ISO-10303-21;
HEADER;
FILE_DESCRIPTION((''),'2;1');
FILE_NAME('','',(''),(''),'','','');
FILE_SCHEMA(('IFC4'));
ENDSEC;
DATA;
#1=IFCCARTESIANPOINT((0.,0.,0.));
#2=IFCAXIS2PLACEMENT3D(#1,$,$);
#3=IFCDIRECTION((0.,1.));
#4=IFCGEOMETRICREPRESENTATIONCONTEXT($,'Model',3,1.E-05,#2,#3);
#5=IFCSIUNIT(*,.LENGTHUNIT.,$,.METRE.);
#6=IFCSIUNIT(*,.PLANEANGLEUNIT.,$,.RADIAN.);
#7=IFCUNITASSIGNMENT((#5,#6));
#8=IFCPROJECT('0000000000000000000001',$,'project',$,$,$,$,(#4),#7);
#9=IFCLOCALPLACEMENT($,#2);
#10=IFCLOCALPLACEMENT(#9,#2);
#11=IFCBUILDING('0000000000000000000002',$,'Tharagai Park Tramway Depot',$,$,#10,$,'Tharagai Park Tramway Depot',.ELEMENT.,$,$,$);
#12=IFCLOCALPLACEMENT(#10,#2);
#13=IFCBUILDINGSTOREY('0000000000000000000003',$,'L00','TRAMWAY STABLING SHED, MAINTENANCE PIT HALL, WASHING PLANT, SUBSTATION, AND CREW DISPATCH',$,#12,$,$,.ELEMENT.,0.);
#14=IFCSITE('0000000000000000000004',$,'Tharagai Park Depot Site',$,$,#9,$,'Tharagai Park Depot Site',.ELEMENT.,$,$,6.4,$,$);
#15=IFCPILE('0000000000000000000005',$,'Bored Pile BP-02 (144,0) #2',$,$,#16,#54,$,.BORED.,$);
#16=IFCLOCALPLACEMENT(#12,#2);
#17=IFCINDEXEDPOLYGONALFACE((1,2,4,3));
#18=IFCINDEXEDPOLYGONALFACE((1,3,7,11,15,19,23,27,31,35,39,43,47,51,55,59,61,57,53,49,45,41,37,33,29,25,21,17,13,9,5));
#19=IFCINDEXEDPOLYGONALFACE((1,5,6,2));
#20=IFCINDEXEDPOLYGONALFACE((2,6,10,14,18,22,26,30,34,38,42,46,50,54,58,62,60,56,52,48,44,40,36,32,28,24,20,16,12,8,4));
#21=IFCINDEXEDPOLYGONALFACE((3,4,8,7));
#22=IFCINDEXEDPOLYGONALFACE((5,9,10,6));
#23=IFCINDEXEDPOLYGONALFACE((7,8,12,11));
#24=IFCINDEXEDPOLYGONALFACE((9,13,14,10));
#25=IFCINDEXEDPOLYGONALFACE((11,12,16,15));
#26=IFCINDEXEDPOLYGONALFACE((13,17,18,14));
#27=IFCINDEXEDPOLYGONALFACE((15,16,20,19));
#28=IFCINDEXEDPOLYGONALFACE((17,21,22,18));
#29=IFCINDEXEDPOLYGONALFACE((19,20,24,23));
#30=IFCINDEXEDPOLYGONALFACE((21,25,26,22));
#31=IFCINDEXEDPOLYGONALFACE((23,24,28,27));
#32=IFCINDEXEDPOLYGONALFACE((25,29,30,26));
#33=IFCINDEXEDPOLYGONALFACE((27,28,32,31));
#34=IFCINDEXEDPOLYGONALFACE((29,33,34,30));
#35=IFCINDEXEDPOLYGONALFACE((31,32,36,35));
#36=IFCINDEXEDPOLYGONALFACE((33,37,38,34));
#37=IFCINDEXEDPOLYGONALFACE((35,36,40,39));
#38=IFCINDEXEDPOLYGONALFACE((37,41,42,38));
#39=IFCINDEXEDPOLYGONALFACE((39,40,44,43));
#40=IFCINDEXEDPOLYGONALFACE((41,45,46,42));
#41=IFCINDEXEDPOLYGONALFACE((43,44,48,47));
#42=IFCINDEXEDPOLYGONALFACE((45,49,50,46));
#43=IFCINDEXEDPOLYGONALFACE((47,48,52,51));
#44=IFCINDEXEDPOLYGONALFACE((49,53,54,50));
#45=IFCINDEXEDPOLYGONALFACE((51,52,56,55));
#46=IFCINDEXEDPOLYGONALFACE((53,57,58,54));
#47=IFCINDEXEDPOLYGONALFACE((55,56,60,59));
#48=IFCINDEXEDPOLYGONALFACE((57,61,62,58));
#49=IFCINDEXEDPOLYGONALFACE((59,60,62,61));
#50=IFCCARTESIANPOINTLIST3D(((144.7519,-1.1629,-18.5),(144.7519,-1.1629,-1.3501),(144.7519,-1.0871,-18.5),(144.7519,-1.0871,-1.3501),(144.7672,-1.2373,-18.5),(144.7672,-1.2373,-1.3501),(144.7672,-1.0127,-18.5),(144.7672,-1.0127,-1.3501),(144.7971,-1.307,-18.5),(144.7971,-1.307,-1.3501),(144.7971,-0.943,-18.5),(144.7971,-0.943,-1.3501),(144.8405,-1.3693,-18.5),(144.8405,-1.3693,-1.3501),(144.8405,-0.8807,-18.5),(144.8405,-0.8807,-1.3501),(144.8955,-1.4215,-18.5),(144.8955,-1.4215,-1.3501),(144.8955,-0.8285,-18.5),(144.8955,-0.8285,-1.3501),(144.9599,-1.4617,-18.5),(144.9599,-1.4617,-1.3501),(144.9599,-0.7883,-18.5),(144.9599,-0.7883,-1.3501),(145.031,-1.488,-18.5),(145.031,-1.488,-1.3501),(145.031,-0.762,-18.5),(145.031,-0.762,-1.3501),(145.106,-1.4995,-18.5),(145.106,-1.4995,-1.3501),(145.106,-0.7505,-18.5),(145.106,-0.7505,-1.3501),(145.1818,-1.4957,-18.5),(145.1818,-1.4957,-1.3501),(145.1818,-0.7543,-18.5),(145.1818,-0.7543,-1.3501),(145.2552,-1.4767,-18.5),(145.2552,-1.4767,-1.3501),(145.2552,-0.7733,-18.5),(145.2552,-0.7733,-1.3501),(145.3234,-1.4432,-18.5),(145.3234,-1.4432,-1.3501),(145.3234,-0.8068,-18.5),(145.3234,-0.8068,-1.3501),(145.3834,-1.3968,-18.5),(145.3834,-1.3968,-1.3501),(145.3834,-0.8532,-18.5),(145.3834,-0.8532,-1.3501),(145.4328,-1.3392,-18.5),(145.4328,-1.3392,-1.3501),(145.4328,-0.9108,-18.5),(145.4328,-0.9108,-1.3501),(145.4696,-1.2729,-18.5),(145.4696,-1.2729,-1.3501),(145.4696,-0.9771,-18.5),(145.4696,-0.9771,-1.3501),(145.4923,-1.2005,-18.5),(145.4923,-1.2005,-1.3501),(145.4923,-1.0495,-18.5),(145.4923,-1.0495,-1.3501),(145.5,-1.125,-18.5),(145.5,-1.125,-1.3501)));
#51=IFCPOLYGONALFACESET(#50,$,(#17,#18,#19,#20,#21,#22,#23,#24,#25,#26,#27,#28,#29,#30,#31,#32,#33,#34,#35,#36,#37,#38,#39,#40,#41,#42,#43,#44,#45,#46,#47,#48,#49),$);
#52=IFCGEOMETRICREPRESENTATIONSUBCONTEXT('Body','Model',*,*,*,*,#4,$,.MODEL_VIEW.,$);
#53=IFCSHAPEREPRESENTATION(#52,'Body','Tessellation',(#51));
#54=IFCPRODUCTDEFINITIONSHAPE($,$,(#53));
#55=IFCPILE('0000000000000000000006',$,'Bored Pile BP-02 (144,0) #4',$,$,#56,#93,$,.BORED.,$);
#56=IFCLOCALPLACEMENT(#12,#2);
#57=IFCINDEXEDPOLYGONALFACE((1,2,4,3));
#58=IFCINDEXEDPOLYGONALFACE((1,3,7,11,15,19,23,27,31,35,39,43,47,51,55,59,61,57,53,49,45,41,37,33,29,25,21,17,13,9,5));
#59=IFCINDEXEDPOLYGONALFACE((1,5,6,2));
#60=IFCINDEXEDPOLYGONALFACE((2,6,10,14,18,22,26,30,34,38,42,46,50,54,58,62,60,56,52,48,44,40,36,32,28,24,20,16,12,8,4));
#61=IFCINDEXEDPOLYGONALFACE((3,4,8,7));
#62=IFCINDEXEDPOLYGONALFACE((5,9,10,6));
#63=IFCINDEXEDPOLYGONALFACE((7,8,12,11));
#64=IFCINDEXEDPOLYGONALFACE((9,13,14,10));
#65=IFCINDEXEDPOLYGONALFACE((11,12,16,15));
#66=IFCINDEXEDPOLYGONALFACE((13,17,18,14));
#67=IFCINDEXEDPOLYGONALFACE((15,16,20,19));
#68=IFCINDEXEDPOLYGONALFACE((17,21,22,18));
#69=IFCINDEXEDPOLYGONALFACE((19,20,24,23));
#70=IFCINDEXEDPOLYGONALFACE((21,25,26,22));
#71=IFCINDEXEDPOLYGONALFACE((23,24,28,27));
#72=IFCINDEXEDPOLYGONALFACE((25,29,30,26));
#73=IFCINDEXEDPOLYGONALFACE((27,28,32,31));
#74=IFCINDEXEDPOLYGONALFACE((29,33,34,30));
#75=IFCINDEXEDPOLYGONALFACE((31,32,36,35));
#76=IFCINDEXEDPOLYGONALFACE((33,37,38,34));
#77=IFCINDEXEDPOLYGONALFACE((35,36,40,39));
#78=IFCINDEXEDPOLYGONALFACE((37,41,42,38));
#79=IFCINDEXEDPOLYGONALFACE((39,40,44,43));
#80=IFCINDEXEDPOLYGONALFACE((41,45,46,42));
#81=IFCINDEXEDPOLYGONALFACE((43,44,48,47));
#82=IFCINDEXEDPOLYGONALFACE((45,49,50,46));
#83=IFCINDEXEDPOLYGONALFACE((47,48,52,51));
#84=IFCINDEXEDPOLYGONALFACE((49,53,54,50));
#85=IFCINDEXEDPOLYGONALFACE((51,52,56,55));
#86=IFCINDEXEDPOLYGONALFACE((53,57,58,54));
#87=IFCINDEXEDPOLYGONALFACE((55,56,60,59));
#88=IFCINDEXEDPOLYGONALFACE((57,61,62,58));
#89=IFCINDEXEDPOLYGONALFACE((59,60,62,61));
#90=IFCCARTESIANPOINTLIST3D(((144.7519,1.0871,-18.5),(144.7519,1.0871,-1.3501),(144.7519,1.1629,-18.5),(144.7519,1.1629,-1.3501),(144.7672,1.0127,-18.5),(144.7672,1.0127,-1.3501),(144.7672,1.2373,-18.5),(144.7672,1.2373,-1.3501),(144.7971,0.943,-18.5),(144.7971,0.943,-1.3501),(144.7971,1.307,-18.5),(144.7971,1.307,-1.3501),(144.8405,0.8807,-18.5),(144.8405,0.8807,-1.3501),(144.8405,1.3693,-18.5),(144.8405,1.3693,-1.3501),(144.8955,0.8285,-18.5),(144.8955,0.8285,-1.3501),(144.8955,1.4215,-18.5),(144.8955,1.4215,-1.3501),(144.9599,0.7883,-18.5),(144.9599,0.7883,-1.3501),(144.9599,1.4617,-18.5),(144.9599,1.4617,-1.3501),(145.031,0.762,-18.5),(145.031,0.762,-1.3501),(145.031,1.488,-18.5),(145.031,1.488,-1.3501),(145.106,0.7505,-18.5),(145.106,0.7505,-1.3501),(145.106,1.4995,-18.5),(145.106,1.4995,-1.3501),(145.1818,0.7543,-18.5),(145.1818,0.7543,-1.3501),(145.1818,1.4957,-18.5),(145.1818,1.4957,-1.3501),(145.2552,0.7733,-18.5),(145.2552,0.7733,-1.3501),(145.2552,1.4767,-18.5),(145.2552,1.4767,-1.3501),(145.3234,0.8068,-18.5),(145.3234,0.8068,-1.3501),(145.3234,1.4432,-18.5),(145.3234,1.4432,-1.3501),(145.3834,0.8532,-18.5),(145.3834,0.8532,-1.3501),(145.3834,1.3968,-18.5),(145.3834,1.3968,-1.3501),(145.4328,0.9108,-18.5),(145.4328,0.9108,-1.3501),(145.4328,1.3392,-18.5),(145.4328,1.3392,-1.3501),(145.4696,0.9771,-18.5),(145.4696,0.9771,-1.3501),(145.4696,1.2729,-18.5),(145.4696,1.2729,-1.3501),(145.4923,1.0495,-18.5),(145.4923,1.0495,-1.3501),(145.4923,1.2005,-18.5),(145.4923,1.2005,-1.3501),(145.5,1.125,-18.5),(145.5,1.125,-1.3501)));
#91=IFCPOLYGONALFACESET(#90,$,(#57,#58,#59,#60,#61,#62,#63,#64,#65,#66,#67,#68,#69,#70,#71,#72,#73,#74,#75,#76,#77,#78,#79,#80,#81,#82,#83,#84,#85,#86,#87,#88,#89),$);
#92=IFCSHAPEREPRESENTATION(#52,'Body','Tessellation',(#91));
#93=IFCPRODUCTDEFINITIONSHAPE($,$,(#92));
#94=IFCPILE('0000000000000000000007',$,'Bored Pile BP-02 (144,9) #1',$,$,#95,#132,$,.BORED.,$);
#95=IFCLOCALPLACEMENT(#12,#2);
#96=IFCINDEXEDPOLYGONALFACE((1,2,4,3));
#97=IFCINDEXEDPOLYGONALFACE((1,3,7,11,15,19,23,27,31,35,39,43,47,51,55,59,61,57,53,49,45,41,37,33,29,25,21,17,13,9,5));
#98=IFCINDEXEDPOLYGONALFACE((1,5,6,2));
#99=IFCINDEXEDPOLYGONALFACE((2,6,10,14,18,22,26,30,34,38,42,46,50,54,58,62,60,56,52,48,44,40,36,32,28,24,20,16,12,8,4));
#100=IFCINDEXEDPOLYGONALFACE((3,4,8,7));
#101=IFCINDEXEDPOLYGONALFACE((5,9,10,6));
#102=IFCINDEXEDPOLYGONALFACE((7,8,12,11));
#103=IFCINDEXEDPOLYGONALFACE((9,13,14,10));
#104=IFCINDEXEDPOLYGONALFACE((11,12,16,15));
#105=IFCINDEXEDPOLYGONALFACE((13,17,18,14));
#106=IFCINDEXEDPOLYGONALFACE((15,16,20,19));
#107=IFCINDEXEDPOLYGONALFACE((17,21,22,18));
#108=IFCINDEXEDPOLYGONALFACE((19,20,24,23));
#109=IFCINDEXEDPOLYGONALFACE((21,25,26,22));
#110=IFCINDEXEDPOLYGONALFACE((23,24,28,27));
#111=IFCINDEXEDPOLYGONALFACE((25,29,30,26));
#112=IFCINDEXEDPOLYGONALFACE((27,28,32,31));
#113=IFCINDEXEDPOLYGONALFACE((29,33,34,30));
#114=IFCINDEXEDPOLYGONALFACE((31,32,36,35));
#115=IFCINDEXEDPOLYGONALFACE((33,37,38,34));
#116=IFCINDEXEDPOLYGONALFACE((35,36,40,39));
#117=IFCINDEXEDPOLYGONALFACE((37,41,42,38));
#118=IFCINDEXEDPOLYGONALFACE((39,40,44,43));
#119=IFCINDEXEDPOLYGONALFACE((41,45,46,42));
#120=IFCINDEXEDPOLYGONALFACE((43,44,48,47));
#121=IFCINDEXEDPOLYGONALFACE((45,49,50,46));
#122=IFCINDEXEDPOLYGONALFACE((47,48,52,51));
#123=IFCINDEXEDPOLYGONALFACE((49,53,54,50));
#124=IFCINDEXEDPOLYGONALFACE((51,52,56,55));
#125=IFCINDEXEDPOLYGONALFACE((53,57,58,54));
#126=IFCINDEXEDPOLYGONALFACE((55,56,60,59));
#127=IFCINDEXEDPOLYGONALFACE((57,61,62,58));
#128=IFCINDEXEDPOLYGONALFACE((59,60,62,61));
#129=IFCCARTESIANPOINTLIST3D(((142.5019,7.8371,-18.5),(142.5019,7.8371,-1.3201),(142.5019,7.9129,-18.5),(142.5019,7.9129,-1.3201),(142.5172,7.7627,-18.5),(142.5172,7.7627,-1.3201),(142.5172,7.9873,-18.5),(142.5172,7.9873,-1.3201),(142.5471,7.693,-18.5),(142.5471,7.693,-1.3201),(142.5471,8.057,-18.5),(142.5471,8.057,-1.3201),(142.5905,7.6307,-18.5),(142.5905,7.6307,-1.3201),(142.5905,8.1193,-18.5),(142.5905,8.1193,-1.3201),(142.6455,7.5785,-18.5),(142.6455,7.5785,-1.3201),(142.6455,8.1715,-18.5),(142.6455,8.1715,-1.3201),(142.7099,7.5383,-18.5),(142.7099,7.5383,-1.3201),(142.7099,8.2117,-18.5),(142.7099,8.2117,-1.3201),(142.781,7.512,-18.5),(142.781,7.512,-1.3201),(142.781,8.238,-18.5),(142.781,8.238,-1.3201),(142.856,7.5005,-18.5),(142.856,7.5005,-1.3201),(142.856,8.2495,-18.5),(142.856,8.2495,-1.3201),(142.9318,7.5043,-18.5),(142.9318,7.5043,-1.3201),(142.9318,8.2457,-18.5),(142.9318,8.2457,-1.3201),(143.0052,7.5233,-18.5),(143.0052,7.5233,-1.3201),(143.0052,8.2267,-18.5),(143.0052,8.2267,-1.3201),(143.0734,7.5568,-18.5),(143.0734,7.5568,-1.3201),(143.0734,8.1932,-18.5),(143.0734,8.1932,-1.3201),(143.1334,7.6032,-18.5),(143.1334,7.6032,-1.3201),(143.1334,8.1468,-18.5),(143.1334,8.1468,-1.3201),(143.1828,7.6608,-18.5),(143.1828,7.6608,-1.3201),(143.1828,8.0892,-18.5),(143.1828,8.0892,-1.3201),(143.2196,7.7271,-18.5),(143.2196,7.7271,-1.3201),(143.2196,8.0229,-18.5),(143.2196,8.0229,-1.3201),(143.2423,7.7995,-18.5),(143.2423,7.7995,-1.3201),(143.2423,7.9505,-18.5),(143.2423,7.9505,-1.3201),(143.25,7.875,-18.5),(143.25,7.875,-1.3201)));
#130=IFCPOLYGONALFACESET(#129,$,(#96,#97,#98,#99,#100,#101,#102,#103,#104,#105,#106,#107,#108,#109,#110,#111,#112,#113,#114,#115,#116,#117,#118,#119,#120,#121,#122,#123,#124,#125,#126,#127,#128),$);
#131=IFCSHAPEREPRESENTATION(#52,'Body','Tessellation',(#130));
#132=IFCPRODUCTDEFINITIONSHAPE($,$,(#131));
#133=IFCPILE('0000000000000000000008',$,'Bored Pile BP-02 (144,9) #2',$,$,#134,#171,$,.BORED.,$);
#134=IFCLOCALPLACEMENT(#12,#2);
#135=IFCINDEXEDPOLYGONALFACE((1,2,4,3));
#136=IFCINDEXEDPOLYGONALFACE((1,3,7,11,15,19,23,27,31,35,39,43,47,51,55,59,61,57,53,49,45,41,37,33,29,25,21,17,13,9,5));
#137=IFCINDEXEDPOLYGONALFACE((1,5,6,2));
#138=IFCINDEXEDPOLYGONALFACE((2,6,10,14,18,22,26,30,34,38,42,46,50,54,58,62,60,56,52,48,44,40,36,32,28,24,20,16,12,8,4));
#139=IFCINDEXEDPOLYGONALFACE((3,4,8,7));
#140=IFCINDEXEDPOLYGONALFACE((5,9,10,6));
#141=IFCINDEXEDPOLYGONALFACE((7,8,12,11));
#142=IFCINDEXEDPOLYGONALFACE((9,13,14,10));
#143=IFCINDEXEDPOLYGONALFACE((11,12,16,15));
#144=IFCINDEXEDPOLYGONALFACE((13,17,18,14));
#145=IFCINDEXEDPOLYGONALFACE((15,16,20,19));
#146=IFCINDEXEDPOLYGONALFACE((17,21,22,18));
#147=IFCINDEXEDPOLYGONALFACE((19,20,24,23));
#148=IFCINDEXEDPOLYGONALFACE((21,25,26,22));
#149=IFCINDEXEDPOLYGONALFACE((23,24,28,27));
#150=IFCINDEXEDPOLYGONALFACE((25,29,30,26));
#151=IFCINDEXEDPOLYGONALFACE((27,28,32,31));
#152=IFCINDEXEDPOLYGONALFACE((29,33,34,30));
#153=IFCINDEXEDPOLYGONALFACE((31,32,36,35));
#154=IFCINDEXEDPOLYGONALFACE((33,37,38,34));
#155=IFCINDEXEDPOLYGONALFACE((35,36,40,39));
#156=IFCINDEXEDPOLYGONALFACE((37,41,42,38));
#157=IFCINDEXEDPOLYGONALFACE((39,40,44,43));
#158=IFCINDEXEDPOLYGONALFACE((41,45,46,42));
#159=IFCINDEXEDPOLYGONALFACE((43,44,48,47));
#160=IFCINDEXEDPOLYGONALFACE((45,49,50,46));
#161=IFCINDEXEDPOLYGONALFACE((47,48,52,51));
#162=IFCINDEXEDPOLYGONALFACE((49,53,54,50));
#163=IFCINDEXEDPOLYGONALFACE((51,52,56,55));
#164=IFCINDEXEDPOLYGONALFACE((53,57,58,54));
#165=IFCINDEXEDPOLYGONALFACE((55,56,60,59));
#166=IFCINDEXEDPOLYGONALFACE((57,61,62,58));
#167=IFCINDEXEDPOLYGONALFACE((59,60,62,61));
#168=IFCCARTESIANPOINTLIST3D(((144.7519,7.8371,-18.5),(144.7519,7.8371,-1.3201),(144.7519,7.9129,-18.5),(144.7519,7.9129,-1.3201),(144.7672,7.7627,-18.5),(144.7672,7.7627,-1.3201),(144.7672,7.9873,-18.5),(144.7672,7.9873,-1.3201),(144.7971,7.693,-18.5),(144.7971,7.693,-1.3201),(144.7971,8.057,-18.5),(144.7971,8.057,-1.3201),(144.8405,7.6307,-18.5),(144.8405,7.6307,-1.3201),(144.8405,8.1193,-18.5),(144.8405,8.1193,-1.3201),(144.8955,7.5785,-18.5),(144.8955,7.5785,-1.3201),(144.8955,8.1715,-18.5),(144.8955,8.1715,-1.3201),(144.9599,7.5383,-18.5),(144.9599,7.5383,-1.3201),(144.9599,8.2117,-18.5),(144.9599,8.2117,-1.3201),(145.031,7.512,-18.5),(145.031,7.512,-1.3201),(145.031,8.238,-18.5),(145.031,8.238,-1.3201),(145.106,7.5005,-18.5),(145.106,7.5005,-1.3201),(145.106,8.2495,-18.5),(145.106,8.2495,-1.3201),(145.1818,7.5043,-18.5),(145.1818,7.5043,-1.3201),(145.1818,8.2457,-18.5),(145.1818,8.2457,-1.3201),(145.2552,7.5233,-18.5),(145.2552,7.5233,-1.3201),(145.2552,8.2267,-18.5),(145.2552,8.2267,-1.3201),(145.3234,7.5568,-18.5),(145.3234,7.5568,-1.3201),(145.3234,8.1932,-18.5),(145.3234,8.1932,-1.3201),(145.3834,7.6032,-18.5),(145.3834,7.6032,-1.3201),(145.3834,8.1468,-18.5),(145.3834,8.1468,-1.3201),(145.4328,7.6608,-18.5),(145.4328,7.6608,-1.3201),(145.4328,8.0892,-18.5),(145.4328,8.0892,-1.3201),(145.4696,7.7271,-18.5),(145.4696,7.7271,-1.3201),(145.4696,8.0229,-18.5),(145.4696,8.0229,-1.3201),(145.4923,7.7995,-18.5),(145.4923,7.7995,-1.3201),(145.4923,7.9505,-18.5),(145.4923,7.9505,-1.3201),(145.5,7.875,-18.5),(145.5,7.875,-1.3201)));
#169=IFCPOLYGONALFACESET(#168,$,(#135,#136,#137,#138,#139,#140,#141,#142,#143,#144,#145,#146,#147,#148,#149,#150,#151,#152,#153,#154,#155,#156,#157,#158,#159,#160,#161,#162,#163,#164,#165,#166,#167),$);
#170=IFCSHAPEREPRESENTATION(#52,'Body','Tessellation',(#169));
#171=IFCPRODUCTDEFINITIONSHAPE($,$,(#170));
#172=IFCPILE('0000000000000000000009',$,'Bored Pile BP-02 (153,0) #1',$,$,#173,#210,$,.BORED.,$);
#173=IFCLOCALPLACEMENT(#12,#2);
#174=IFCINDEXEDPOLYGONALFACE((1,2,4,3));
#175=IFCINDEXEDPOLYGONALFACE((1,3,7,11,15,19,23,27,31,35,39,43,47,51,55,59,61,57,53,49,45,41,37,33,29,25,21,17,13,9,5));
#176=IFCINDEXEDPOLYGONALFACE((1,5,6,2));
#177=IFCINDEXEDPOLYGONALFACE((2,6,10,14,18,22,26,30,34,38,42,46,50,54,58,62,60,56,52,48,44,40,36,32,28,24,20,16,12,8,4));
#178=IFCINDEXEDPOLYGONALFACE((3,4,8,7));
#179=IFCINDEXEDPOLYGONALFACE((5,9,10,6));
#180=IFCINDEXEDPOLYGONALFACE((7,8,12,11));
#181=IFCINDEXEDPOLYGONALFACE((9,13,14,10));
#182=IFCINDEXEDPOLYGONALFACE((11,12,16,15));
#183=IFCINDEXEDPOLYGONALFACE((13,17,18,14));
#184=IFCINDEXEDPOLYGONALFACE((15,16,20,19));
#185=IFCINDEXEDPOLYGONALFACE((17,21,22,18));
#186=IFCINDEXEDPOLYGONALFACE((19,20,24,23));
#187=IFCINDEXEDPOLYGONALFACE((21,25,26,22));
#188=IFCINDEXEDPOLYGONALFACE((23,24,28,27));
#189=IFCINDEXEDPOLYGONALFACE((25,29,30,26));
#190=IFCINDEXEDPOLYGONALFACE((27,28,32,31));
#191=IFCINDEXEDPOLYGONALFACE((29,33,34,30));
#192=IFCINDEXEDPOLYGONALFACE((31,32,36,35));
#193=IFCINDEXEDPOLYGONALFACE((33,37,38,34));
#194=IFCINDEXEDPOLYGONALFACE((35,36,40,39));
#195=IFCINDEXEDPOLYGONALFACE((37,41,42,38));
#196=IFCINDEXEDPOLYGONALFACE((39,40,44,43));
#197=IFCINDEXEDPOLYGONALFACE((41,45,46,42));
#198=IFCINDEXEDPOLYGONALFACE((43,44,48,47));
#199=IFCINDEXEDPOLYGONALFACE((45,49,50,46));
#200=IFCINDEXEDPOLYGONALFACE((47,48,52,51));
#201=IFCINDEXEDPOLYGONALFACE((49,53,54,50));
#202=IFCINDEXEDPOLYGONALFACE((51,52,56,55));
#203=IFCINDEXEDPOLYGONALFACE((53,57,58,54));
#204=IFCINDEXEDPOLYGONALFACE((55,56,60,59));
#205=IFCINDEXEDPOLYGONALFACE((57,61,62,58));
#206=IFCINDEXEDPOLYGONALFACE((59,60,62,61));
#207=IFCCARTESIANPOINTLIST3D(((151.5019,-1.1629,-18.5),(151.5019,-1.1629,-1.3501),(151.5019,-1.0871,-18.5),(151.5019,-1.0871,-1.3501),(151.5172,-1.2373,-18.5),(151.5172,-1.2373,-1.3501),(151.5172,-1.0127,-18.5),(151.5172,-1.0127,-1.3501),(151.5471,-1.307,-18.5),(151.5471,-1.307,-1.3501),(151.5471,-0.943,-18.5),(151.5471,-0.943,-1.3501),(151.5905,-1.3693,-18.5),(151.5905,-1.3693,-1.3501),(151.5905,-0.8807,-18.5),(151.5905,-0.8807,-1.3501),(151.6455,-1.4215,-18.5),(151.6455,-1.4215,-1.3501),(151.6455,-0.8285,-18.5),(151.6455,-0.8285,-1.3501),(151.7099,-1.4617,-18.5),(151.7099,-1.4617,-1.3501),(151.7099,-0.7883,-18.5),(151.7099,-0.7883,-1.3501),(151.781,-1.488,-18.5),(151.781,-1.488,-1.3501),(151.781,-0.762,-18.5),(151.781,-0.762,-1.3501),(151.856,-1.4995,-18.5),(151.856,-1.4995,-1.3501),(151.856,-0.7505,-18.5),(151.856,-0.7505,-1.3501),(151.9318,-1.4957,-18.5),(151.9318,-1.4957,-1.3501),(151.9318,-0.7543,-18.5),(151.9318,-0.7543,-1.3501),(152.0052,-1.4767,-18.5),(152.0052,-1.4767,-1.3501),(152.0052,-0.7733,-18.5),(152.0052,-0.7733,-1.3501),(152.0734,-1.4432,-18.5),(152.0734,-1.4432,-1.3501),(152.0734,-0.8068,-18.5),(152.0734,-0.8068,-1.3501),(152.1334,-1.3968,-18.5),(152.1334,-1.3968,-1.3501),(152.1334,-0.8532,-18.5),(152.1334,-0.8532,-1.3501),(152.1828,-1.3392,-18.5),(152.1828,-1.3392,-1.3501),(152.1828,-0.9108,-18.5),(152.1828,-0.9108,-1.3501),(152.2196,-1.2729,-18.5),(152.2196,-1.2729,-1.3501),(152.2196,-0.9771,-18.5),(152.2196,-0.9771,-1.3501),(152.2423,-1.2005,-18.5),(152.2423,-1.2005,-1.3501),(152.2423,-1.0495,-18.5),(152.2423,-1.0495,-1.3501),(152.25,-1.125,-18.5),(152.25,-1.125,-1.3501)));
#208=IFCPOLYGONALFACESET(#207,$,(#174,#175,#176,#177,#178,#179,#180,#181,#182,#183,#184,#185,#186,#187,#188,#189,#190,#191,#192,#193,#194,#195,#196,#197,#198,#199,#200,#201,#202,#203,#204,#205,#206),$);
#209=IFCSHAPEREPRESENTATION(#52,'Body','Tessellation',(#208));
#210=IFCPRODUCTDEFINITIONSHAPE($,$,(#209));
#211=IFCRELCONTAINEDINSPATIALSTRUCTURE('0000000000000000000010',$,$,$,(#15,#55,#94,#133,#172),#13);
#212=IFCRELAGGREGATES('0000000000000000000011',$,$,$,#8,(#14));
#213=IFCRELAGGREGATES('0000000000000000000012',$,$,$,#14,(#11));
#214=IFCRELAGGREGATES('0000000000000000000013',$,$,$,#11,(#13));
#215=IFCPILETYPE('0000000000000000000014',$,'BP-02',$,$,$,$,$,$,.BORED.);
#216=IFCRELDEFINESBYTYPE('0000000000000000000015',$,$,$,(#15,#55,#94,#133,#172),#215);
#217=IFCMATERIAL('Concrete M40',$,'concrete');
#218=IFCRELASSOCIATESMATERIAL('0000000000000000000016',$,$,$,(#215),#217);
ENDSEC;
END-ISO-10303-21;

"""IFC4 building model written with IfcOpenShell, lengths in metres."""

from ifc_helpers import new_model, si_unit, direction, frame, origin, origin_2d, place, context, subcontext, project, spatial, circle, extrude, material, material_profile, profile_set, type_object, element, save


model = new_model("IFC4")

# Units and contexts
model_context = context("Model", 3, precision=1e-05, world=origin(), true_north=direction((0.0, 1.0)))
body_context = subcontext(model_context, "Body", "Model", "MODEL_VIEW")
ifc_project = project(units=[si_unit("LENGTHUNIT", "METRE"), si_unit("PLANEANGLEUNIT", "RADIAN")], contexts=[model_context])

# Site, building, storey
site_placement = place(None, origin())
site = spatial("IfcSite", under=ifc_project, at=site_placement, Name="Tharagai Park Depot Site", LongName="Tharagai Park Depot Site", CompositionType="ELEMENT", RefElevation=6.4)
building_placement = place(site_placement, origin())
building = spatial("IfcBuilding", under=site, at=building_placement, Name="Tharagai Park Tramway Depot", LongName="Tharagai Park Tramway Depot", CompositionType="ELEMENT")
storey_placement = place(building_placement, origin())
storey = spatial("IfcBuildingStorey", under=building, at=storey_placement, Name="L00", Description="TRAMWAY STABLING SHED, MAINTENANCE PIT HALL, WASHING PLANT, SUBSTATION, AND CREW DISPATCH", CompositionType="ELEMENT", Elevation=0.0)

# Piles
ifc_material_1 = material(Name="Concrete M40", Category="concrete")
ifc_material_profile_1 = material_profile(ifc_material_1, circle(Radius=0.375, at=origin_2d()), Name="PILE D750")
ifc_profile_set_1 = profile_set([ifc_material_profile_1], Name="Concrete M40")
pile_type = type_object("IfcPileType", Name="BP-02", PredefinedType="BORED", material=ifc_profile_set_1)
for number, where, z_axis, x_axis, name in (
    (1, (145.125, -1.125, -1.3501), (0.0, 0.0, -1.0), (1.0, 0.0, 0.0), "Bored Pile BP-02 (144,0) #2"),
    (2, (145.125, 1.125, -1.3501), (0.0, 0.0, -1.0), (1.0, 0.0, 0.0), "Bored Pile BP-02 (144,0) #4"),
):
    element("IfcPile", number, at=place(storey_placement, frame(where, z_axis=z_axis, x_axis=x_axis)), inside=storey, type_object=pile_type, Name=name, PredefinedType="BORED", context=body_context, shape_type="SweptSolid", body=[
        extrude(circle(Radius=0.375, at=origin_2d()), origin(), (0.0, 0.0, 1.0), 17.1499),
    ])
for number, where, z_axis, x_axis, name in (
    (3, (142.875, 7.875, -1.3201), (0.0, 0.0, -1.0), (1.0, 0.0, 0.0), "Bored Pile BP-02 (144,9) #1"),
    (4, (145.125, 7.875, -1.3201), (0.0, 0.0, -1.0), (1.0, 0.0, 0.0), "Bored Pile BP-02 (144,9) #2"),
):
    element("IfcPile", number, at=place(storey_placement, frame(where, z_axis=z_axis, x_axis=x_axis)), inside=storey, type_object=pile_type, Name=name, PredefinedType="BORED", context=body_context, shape_type="SweptSolid", body=[
        extrude(circle(Radius=0.375, at=origin_2d()), origin(), (0.0, 0.0, 1.0), 17.1799),
    ])
for number, where, z_axis, x_axis, name in (
    (5, (151.875, -1.125, -1.3501), (0.0, 0.0, -1.0), (1.0, 0.0, 0.0), "Bored Pile BP-02 (153,0) #1"),
):
    element("IfcPile", number, at=place(storey_placement, frame(where, z_axis=z_axis, x_axis=x_axis)), inside=storey, type_object=pile_type, Name=name, PredefinedType="BORED", context=body_context, shape_type="SweptSolid", body=[
        extrude(circle(Radius=0.375, at=origin_2d()), origin(), (0.0, 0.0, 1.0), 17.1499),
    ])

save(model, "model.ifc")
